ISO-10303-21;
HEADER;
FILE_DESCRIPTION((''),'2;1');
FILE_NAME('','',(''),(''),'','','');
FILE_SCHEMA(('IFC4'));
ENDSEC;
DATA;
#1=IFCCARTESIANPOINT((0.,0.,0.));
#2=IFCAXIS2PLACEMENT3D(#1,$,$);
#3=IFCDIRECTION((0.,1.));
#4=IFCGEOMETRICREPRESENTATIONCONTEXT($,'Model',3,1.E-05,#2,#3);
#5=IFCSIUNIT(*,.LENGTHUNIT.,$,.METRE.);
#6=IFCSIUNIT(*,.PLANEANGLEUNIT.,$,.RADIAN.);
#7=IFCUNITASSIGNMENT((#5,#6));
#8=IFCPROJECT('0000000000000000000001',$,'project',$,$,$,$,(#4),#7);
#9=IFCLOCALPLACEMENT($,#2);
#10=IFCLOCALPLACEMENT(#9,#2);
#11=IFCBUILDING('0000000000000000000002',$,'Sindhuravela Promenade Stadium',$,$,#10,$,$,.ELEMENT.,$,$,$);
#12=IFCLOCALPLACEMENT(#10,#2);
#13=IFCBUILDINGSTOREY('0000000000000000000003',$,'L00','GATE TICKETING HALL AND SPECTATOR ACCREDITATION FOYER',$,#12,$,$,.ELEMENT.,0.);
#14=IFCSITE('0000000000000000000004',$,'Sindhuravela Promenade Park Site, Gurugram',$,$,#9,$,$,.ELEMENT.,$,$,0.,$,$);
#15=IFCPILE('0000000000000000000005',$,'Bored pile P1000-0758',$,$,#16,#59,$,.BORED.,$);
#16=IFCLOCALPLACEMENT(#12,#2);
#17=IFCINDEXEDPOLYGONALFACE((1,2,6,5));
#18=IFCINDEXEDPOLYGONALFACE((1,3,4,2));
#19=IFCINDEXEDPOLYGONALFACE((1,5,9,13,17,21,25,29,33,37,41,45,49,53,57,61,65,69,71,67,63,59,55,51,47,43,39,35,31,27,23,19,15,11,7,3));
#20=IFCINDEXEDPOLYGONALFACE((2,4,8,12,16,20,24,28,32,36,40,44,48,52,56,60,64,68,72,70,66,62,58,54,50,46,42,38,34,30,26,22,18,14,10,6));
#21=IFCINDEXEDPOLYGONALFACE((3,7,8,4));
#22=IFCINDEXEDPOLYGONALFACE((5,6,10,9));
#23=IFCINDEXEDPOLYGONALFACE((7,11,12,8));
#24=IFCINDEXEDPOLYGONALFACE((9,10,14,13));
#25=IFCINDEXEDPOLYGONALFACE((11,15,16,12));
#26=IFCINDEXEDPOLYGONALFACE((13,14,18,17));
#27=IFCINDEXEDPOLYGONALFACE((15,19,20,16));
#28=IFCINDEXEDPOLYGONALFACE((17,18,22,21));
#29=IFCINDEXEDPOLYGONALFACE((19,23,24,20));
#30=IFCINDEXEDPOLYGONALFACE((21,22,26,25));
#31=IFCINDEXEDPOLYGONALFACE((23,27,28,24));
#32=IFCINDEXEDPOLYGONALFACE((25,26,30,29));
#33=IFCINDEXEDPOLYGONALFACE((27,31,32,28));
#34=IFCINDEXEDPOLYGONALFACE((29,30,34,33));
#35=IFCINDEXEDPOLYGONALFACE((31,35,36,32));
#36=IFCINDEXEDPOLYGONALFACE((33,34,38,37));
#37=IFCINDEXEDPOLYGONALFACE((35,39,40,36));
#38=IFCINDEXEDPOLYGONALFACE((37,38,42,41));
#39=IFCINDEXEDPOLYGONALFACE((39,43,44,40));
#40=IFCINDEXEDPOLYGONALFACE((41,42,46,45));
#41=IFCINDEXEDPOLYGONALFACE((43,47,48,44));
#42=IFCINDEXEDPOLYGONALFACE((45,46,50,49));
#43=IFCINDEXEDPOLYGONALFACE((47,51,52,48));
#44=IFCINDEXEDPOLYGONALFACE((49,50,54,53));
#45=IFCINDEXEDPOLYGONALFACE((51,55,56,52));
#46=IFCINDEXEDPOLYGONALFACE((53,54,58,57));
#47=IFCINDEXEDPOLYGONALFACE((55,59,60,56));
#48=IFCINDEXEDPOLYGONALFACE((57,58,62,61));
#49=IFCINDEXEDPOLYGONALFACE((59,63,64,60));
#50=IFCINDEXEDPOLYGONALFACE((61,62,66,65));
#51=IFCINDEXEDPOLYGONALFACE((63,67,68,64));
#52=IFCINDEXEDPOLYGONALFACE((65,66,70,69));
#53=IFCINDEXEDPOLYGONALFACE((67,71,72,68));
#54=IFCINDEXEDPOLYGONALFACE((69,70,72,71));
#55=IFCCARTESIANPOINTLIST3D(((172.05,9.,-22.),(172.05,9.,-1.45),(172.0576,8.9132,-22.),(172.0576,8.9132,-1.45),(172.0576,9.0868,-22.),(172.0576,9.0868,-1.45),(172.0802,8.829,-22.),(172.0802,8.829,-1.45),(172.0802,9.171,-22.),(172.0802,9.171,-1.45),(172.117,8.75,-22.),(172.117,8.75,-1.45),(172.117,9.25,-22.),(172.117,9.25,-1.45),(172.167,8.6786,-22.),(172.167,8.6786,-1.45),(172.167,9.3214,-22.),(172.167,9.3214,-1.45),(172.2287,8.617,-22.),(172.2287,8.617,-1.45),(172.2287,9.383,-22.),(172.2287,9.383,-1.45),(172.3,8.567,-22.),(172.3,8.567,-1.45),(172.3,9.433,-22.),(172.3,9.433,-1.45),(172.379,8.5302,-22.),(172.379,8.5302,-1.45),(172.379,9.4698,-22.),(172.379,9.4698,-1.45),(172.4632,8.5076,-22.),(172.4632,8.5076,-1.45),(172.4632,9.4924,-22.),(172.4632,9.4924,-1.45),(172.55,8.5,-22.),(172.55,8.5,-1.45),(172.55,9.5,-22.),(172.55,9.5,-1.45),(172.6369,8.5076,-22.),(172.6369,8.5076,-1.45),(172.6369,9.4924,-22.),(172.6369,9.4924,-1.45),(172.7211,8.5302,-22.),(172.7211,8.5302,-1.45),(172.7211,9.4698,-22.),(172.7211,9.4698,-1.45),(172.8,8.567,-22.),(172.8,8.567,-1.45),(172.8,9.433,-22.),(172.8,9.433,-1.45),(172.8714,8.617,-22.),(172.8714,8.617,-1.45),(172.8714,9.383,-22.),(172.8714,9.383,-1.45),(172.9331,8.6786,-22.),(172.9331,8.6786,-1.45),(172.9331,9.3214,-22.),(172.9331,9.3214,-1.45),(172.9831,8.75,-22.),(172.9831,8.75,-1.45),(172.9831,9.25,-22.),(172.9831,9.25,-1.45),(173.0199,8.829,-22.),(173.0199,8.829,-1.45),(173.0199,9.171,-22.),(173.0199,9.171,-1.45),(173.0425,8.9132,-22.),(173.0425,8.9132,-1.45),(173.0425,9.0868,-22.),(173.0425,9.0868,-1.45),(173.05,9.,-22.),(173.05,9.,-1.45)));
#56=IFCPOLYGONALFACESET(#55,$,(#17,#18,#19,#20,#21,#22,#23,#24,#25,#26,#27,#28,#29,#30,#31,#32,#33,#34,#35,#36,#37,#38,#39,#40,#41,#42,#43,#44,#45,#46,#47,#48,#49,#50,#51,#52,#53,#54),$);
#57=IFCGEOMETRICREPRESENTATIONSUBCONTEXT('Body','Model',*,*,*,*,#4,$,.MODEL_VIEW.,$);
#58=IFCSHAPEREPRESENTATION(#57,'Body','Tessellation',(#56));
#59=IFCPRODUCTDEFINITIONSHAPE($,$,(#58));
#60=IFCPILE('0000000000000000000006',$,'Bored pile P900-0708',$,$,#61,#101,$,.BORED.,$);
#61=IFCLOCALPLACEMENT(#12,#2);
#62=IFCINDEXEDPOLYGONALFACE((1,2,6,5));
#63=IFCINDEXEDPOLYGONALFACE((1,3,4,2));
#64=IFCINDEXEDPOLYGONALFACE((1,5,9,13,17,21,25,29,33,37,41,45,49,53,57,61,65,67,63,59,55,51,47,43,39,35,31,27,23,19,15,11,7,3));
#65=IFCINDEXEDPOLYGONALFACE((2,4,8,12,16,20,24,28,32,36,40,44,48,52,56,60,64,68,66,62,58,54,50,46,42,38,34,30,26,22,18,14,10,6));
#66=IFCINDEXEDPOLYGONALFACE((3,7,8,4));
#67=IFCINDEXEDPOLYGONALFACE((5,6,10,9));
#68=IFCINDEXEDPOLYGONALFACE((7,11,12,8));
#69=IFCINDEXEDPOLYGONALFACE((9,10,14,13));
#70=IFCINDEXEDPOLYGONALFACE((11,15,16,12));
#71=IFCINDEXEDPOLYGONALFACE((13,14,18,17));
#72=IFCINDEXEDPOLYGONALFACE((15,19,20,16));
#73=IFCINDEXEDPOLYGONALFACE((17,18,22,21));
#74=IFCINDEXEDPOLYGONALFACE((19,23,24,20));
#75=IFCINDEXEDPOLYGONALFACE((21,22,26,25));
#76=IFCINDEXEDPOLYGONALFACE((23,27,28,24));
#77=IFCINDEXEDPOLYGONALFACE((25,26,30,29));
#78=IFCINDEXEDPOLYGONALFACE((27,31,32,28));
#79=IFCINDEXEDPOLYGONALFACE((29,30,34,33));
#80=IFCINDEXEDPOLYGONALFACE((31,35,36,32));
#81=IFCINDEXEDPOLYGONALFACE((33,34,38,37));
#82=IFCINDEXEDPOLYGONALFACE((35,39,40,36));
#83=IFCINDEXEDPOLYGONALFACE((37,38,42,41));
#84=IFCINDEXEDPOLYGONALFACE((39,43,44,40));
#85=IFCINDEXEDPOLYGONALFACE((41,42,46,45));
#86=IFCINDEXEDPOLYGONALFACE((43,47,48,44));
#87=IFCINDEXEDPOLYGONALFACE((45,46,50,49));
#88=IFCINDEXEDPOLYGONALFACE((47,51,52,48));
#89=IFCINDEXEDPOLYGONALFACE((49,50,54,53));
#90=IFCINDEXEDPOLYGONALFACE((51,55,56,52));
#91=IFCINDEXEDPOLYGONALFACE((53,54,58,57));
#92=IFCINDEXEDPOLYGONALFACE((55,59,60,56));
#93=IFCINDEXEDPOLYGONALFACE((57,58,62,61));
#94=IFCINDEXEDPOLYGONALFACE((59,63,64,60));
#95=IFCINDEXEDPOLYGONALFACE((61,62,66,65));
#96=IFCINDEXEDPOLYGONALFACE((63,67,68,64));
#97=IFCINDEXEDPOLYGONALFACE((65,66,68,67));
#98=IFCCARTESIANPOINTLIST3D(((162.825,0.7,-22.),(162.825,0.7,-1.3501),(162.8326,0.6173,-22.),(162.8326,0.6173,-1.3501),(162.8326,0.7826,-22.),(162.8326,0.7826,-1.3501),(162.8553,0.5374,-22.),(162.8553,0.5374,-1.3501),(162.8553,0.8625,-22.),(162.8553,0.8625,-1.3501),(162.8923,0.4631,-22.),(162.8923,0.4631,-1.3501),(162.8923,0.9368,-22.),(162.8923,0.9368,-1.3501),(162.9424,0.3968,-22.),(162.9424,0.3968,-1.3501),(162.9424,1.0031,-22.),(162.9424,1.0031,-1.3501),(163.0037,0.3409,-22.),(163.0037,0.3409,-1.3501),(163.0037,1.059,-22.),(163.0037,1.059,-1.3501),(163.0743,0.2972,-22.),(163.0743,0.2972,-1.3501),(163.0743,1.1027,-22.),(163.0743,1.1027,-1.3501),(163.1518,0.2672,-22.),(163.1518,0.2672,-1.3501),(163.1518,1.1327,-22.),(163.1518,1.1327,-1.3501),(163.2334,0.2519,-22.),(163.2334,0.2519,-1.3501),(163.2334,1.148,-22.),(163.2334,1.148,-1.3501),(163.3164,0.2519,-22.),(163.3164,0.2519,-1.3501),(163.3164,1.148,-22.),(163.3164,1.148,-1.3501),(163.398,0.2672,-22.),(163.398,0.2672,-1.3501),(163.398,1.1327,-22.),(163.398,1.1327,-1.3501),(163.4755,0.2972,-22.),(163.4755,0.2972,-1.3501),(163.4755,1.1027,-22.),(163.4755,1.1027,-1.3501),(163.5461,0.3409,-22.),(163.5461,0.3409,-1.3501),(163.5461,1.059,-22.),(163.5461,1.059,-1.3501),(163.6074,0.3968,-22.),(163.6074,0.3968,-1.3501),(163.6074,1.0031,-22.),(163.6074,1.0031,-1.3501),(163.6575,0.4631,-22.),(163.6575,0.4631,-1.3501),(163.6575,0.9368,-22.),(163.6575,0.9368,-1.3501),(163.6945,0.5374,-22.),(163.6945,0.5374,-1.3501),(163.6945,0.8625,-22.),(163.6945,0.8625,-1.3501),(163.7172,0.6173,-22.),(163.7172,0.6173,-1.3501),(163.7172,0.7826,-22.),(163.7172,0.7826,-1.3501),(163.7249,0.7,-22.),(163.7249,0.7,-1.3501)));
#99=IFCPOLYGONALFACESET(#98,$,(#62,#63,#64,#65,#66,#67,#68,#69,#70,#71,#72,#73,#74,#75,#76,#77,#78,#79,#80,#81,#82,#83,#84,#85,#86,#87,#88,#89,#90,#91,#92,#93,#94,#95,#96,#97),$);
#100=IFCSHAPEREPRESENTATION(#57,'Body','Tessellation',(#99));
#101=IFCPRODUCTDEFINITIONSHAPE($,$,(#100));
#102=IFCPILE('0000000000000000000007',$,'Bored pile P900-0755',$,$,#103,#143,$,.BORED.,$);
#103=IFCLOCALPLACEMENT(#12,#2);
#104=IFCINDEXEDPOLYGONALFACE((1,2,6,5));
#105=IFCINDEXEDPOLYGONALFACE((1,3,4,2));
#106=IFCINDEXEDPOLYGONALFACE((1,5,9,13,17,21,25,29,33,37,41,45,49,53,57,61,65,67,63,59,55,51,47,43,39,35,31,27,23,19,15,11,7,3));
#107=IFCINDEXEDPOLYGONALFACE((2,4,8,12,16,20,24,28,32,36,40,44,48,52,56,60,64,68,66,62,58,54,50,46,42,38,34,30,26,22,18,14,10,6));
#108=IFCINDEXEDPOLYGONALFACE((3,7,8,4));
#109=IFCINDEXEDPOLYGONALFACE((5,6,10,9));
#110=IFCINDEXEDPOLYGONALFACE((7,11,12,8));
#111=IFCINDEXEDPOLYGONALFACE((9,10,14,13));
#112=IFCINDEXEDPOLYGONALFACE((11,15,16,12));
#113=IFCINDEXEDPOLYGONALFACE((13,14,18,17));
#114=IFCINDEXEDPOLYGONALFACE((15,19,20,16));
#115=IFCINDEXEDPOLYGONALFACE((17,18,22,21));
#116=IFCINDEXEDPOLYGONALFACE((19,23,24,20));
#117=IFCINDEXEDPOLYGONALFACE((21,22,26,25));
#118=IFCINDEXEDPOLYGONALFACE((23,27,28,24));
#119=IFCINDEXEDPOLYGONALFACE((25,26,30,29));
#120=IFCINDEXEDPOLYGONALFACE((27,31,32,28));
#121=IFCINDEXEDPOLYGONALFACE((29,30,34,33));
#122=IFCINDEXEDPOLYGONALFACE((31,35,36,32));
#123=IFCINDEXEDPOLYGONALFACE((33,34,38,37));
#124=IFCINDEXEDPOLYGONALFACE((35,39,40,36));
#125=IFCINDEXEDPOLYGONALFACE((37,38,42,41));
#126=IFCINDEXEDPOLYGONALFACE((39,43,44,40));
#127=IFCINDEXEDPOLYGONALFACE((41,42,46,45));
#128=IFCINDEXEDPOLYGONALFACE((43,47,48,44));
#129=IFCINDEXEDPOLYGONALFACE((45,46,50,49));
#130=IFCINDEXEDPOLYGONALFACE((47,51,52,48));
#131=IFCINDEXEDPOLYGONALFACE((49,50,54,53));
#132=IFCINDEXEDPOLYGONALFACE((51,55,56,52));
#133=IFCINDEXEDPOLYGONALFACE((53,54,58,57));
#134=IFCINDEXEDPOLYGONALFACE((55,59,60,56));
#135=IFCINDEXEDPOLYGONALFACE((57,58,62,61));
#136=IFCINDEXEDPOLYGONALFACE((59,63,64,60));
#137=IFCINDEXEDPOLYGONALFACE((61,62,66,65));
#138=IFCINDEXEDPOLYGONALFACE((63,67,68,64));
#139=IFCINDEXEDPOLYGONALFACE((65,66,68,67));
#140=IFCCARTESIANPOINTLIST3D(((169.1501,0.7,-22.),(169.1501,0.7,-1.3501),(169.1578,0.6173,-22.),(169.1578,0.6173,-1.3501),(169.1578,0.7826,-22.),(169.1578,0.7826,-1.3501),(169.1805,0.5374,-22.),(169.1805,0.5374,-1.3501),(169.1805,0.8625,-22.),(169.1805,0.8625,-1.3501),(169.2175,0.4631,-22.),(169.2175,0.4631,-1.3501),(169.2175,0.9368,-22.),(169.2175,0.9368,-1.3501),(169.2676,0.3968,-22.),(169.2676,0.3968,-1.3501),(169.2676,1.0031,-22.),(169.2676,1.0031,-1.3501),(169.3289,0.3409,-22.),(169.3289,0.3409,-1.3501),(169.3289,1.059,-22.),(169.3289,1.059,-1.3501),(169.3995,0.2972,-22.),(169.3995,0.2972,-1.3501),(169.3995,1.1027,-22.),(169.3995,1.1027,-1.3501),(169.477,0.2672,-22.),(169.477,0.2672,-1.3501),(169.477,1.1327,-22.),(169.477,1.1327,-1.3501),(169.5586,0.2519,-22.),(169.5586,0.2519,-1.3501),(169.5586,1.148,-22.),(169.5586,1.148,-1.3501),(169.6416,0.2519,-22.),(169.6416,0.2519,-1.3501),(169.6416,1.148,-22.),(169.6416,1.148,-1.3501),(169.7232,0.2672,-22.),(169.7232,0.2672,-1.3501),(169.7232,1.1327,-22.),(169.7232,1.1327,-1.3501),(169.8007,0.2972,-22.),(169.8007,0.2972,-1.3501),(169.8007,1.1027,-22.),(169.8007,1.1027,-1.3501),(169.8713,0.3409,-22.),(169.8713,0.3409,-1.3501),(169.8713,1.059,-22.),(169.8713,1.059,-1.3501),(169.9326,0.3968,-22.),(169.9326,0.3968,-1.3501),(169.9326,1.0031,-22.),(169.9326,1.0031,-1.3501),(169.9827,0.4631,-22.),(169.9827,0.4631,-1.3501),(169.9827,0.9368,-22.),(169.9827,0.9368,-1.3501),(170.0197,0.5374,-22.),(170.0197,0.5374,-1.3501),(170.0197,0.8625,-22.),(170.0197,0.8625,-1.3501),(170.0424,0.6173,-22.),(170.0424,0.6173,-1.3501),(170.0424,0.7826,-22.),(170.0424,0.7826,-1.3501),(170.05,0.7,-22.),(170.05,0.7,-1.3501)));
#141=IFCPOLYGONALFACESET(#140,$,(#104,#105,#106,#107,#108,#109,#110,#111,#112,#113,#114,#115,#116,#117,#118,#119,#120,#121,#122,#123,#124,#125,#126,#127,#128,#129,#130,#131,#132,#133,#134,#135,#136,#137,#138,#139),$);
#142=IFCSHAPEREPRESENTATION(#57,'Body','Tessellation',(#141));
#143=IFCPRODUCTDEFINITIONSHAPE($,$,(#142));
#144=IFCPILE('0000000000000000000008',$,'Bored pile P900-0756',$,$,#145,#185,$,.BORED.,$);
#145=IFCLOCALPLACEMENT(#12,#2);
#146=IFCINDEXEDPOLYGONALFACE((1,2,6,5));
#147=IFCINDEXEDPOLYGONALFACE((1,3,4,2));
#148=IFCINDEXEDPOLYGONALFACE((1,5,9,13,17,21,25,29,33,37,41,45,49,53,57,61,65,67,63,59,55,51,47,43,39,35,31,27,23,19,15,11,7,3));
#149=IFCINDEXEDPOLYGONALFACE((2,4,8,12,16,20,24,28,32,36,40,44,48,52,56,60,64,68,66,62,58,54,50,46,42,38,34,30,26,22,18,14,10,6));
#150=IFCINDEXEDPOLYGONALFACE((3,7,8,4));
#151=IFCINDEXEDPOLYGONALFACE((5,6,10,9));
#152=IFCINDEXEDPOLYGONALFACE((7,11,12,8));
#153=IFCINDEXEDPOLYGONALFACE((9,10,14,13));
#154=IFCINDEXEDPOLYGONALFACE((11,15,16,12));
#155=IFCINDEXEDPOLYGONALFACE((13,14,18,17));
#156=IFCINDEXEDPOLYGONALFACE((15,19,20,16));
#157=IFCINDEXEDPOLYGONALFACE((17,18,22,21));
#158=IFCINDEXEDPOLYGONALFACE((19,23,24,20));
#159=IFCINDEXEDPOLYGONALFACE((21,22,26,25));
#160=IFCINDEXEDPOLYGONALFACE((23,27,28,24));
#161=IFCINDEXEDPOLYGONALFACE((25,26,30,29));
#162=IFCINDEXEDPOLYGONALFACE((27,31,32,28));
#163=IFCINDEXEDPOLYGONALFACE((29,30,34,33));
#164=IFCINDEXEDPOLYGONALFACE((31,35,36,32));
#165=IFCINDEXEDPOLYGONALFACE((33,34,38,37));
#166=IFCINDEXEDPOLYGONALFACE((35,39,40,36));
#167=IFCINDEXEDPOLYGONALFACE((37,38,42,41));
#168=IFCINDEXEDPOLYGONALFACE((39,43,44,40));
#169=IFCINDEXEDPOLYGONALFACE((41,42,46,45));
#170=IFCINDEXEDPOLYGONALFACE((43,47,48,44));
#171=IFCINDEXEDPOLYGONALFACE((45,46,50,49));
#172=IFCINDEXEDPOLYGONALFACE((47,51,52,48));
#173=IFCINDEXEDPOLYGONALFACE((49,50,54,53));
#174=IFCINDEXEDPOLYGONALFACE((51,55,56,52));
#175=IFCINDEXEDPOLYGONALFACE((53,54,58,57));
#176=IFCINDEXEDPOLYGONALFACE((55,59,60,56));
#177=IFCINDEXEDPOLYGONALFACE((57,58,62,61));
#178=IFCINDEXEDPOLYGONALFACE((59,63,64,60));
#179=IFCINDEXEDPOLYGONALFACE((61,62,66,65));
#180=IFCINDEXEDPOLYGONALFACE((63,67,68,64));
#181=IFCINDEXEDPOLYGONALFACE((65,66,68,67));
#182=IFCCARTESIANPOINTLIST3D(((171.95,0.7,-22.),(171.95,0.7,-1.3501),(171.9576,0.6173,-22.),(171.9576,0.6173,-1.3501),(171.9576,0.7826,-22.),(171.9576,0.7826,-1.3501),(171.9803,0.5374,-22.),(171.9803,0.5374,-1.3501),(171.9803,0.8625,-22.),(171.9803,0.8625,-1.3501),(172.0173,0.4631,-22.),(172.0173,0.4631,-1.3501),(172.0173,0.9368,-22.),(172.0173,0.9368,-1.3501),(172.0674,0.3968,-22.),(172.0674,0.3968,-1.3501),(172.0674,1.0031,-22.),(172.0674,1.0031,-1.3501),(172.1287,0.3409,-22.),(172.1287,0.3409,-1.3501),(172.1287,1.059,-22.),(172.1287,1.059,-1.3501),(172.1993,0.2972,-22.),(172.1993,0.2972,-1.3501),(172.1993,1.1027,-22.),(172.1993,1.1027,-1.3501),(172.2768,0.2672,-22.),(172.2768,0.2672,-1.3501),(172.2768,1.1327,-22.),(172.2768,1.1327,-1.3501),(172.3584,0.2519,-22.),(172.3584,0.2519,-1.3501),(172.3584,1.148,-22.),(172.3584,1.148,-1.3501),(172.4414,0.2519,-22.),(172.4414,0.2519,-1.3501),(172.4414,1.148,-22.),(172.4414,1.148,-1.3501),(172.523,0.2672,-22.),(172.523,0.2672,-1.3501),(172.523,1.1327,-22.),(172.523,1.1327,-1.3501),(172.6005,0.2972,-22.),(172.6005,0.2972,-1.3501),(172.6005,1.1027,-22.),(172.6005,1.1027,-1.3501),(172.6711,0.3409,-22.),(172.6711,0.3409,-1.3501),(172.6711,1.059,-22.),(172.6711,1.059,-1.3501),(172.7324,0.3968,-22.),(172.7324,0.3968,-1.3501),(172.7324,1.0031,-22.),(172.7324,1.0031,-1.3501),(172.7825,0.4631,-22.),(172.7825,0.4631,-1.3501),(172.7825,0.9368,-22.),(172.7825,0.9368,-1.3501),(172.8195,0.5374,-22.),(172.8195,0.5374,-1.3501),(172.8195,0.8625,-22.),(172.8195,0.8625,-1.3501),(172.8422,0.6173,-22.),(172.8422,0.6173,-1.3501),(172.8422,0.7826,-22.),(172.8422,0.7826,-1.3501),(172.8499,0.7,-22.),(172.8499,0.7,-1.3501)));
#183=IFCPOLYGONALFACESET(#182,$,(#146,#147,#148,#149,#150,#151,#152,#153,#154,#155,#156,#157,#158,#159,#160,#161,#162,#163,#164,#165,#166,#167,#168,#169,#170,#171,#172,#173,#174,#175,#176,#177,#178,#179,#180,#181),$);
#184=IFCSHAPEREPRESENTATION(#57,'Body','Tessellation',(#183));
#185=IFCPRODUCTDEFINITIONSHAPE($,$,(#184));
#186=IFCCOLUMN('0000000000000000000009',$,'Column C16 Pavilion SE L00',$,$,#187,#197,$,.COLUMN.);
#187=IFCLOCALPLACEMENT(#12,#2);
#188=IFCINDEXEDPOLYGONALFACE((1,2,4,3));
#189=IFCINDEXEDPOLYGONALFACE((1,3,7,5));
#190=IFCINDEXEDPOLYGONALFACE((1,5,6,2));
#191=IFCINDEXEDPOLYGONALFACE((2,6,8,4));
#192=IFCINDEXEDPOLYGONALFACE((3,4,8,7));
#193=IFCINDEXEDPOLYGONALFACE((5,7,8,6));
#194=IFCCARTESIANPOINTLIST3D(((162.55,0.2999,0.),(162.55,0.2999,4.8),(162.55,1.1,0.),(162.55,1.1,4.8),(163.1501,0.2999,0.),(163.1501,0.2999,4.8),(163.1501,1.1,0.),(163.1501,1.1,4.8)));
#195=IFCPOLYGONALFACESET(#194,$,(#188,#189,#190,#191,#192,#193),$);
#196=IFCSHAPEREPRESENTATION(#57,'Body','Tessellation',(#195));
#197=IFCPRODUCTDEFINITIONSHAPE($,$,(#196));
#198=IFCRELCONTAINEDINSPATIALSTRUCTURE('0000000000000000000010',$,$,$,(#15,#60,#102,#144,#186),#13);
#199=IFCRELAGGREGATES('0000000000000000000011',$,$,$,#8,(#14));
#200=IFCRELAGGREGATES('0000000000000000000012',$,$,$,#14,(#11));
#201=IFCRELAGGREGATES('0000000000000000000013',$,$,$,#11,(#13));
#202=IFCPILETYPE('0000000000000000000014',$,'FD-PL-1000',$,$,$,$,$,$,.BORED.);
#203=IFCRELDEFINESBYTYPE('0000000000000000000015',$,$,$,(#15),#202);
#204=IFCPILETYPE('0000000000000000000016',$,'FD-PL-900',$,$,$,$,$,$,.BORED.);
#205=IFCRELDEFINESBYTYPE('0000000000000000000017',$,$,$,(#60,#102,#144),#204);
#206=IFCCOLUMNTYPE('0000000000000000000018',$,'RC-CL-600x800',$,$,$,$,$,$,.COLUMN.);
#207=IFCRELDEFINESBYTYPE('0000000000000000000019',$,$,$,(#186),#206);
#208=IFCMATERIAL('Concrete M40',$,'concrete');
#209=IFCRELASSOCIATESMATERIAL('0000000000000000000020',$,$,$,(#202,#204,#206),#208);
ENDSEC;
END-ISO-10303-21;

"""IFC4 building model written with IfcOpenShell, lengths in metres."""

from ifc_helpers import new_model, si_unit, direction, frame, origin, origin_2d, place, context, subcontext, project, spatial, rectangle, circle, extrude, material, material_profile, profile_set, type_object, element, save


model = new_model("IFC4")

# Units and contexts
model_context = context("Model", 3, precision=1e-05, world=origin(), true_north=direction((0.0, 1.0)))
body_context = subcontext(model_context, "Body", "Model", "MODEL_VIEW")
ifc_project = project(units=[si_unit("LENGTHUNIT", "METRE"), si_unit("PLANEANGLEUNIT", "RADIAN")], contexts=[model_context])

# Site, building, storey
site_placement = place(None, origin())
site = spatial("IfcSite", under=ifc_project, at=site_placement, Name="Sindhuravela Promenade Park Site, Gurugram", CompositionType="ELEMENT", RefElevation=0.0)
building_placement = place(site_placement, origin())
building = spatial("IfcBuilding", under=site, at=building_placement, Name="Sindhuravela Promenade Stadium", CompositionType="ELEMENT")
storey_placement = place(building_placement, origin())
storey = spatial("IfcBuildingStorey", under=building, at=storey_placement, Name="L00", Description="GATE TICKETING HALL AND SPECTATOR ACCREDITATION FOYER", CompositionType="ELEMENT", Elevation=0.0)

# Piles
ifc_material_1 = material(Name="Concrete M40", Category="concrete")
ifc_material_profile_1 = material_profile(ifc_material_1, circle(Radius=0.5, at=origin_2d()), Name="BORED PILE D1000")
ifc_profile_set_1 = profile_set([ifc_material_profile_1], Name="Concrete M40")
pile_type_1 = type_object("IfcPileType", Name="FD-PL-1000", PredefinedType="BORED", material=ifc_profile_set_1)
for number, where, z_axis, x_axis, name in (
    (1, (172.55, 9.0, -1.45), (0.0, 0.0, -1.0), (1.0, 0.0, 0.0), "Bored pile P1000-0758"),
):
    element("IfcPile", number, at=place(storey_placement, frame(where, z_axis=z_axis, x_axis=x_axis)), inside=storey, type_object=pile_type_1, Name=name, PredefinedType="BORED", context=body_context, shape_type="SweptSolid", body=[
        extrude(circle(Radius=0.5, at=origin_2d()), origin(), (0.0, 0.0, 1.0), 20.55),
    ])
ifc_material_profile_2 = material_profile(ifc_material_1, circle(Radius=0.45, at=origin_2d()), Name="BORED PILE D900")
ifc_profile_set_2 = profile_set([ifc_material_profile_2], Name="Concrete M40")
pile_type_2 = type_object("IfcPileType", Name="FD-PL-900", PredefinedType="BORED", material=ifc_profile_set_2)
for number, where, z_axis, x_axis, name in (
    (2, (163.2749, 0.7, -1.3501), (0.0, 0.0, -1.0), (1.0, 0.0, 0.0), "Bored pile P900-0708"),
    (3, (169.6001, 0.7, -1.3501), (0.0, 0.0, -1.0), (1.0, 0.0, 0.0), "Bored pile P900-0755"),
    (4, (172.3999, 0.7, -1.3501), (0.0, 0.0, -1.0), (1.0, 0.0, 0.0), "Bored pile P900-0756"),
):
    element("IfcPile", number, at=place(storey_placement, frame(where, z_axis=z_axis, x_axis=x_axis)), inside=storey, type_object=pile_type_2, Name=name, PredefinedType="BORED", context=body_context, shape_type="SweptSolid", body=[
        extrude(circle(Radius=0.45, at=origin_2d()), origin(), (0.0, 0.0, 1.0), 20.6499),
    ])

# Column
ifc_material_profile_3 = material_profile(ifc_material_1, rectangle(XDim=0.6001, YDim=0.8, at=origin_2d()), Name="RC 600x800")
ifc_profile_set_3 = profile_set([ifc_material_profile_3], Name="Concrete M40")
column_type = type_object("IfcColumnType", Name="RC-CL-600x800", PredefinedType="COLUMN", material=ifc_profile_set_3)
for number, where, z_axis, x_axis, name in (
    (5, (162.8501, 0.7, 0.0), (0.0, 0.0, 1.0), (1.0, 0.0, 0.0), "Column C16 Pavilion SE L00"),
):
    element("IfcColumn", number, at=place(storey_placement, frame(where, z_axis=z_axis, x_axis=x_axis)), inside=storey, type_object=column_type, Name=name, PredefinedType="COLUMN", context=body_context, shape_type="SweptSolid", body=[
        extrude(rectangle(XDim=0.6001, YDim=0.8, at=origin_2d()), origin(), (0.0, 0.0, 1.0), 4.8),
    ])

save(model, "model.ifc")
